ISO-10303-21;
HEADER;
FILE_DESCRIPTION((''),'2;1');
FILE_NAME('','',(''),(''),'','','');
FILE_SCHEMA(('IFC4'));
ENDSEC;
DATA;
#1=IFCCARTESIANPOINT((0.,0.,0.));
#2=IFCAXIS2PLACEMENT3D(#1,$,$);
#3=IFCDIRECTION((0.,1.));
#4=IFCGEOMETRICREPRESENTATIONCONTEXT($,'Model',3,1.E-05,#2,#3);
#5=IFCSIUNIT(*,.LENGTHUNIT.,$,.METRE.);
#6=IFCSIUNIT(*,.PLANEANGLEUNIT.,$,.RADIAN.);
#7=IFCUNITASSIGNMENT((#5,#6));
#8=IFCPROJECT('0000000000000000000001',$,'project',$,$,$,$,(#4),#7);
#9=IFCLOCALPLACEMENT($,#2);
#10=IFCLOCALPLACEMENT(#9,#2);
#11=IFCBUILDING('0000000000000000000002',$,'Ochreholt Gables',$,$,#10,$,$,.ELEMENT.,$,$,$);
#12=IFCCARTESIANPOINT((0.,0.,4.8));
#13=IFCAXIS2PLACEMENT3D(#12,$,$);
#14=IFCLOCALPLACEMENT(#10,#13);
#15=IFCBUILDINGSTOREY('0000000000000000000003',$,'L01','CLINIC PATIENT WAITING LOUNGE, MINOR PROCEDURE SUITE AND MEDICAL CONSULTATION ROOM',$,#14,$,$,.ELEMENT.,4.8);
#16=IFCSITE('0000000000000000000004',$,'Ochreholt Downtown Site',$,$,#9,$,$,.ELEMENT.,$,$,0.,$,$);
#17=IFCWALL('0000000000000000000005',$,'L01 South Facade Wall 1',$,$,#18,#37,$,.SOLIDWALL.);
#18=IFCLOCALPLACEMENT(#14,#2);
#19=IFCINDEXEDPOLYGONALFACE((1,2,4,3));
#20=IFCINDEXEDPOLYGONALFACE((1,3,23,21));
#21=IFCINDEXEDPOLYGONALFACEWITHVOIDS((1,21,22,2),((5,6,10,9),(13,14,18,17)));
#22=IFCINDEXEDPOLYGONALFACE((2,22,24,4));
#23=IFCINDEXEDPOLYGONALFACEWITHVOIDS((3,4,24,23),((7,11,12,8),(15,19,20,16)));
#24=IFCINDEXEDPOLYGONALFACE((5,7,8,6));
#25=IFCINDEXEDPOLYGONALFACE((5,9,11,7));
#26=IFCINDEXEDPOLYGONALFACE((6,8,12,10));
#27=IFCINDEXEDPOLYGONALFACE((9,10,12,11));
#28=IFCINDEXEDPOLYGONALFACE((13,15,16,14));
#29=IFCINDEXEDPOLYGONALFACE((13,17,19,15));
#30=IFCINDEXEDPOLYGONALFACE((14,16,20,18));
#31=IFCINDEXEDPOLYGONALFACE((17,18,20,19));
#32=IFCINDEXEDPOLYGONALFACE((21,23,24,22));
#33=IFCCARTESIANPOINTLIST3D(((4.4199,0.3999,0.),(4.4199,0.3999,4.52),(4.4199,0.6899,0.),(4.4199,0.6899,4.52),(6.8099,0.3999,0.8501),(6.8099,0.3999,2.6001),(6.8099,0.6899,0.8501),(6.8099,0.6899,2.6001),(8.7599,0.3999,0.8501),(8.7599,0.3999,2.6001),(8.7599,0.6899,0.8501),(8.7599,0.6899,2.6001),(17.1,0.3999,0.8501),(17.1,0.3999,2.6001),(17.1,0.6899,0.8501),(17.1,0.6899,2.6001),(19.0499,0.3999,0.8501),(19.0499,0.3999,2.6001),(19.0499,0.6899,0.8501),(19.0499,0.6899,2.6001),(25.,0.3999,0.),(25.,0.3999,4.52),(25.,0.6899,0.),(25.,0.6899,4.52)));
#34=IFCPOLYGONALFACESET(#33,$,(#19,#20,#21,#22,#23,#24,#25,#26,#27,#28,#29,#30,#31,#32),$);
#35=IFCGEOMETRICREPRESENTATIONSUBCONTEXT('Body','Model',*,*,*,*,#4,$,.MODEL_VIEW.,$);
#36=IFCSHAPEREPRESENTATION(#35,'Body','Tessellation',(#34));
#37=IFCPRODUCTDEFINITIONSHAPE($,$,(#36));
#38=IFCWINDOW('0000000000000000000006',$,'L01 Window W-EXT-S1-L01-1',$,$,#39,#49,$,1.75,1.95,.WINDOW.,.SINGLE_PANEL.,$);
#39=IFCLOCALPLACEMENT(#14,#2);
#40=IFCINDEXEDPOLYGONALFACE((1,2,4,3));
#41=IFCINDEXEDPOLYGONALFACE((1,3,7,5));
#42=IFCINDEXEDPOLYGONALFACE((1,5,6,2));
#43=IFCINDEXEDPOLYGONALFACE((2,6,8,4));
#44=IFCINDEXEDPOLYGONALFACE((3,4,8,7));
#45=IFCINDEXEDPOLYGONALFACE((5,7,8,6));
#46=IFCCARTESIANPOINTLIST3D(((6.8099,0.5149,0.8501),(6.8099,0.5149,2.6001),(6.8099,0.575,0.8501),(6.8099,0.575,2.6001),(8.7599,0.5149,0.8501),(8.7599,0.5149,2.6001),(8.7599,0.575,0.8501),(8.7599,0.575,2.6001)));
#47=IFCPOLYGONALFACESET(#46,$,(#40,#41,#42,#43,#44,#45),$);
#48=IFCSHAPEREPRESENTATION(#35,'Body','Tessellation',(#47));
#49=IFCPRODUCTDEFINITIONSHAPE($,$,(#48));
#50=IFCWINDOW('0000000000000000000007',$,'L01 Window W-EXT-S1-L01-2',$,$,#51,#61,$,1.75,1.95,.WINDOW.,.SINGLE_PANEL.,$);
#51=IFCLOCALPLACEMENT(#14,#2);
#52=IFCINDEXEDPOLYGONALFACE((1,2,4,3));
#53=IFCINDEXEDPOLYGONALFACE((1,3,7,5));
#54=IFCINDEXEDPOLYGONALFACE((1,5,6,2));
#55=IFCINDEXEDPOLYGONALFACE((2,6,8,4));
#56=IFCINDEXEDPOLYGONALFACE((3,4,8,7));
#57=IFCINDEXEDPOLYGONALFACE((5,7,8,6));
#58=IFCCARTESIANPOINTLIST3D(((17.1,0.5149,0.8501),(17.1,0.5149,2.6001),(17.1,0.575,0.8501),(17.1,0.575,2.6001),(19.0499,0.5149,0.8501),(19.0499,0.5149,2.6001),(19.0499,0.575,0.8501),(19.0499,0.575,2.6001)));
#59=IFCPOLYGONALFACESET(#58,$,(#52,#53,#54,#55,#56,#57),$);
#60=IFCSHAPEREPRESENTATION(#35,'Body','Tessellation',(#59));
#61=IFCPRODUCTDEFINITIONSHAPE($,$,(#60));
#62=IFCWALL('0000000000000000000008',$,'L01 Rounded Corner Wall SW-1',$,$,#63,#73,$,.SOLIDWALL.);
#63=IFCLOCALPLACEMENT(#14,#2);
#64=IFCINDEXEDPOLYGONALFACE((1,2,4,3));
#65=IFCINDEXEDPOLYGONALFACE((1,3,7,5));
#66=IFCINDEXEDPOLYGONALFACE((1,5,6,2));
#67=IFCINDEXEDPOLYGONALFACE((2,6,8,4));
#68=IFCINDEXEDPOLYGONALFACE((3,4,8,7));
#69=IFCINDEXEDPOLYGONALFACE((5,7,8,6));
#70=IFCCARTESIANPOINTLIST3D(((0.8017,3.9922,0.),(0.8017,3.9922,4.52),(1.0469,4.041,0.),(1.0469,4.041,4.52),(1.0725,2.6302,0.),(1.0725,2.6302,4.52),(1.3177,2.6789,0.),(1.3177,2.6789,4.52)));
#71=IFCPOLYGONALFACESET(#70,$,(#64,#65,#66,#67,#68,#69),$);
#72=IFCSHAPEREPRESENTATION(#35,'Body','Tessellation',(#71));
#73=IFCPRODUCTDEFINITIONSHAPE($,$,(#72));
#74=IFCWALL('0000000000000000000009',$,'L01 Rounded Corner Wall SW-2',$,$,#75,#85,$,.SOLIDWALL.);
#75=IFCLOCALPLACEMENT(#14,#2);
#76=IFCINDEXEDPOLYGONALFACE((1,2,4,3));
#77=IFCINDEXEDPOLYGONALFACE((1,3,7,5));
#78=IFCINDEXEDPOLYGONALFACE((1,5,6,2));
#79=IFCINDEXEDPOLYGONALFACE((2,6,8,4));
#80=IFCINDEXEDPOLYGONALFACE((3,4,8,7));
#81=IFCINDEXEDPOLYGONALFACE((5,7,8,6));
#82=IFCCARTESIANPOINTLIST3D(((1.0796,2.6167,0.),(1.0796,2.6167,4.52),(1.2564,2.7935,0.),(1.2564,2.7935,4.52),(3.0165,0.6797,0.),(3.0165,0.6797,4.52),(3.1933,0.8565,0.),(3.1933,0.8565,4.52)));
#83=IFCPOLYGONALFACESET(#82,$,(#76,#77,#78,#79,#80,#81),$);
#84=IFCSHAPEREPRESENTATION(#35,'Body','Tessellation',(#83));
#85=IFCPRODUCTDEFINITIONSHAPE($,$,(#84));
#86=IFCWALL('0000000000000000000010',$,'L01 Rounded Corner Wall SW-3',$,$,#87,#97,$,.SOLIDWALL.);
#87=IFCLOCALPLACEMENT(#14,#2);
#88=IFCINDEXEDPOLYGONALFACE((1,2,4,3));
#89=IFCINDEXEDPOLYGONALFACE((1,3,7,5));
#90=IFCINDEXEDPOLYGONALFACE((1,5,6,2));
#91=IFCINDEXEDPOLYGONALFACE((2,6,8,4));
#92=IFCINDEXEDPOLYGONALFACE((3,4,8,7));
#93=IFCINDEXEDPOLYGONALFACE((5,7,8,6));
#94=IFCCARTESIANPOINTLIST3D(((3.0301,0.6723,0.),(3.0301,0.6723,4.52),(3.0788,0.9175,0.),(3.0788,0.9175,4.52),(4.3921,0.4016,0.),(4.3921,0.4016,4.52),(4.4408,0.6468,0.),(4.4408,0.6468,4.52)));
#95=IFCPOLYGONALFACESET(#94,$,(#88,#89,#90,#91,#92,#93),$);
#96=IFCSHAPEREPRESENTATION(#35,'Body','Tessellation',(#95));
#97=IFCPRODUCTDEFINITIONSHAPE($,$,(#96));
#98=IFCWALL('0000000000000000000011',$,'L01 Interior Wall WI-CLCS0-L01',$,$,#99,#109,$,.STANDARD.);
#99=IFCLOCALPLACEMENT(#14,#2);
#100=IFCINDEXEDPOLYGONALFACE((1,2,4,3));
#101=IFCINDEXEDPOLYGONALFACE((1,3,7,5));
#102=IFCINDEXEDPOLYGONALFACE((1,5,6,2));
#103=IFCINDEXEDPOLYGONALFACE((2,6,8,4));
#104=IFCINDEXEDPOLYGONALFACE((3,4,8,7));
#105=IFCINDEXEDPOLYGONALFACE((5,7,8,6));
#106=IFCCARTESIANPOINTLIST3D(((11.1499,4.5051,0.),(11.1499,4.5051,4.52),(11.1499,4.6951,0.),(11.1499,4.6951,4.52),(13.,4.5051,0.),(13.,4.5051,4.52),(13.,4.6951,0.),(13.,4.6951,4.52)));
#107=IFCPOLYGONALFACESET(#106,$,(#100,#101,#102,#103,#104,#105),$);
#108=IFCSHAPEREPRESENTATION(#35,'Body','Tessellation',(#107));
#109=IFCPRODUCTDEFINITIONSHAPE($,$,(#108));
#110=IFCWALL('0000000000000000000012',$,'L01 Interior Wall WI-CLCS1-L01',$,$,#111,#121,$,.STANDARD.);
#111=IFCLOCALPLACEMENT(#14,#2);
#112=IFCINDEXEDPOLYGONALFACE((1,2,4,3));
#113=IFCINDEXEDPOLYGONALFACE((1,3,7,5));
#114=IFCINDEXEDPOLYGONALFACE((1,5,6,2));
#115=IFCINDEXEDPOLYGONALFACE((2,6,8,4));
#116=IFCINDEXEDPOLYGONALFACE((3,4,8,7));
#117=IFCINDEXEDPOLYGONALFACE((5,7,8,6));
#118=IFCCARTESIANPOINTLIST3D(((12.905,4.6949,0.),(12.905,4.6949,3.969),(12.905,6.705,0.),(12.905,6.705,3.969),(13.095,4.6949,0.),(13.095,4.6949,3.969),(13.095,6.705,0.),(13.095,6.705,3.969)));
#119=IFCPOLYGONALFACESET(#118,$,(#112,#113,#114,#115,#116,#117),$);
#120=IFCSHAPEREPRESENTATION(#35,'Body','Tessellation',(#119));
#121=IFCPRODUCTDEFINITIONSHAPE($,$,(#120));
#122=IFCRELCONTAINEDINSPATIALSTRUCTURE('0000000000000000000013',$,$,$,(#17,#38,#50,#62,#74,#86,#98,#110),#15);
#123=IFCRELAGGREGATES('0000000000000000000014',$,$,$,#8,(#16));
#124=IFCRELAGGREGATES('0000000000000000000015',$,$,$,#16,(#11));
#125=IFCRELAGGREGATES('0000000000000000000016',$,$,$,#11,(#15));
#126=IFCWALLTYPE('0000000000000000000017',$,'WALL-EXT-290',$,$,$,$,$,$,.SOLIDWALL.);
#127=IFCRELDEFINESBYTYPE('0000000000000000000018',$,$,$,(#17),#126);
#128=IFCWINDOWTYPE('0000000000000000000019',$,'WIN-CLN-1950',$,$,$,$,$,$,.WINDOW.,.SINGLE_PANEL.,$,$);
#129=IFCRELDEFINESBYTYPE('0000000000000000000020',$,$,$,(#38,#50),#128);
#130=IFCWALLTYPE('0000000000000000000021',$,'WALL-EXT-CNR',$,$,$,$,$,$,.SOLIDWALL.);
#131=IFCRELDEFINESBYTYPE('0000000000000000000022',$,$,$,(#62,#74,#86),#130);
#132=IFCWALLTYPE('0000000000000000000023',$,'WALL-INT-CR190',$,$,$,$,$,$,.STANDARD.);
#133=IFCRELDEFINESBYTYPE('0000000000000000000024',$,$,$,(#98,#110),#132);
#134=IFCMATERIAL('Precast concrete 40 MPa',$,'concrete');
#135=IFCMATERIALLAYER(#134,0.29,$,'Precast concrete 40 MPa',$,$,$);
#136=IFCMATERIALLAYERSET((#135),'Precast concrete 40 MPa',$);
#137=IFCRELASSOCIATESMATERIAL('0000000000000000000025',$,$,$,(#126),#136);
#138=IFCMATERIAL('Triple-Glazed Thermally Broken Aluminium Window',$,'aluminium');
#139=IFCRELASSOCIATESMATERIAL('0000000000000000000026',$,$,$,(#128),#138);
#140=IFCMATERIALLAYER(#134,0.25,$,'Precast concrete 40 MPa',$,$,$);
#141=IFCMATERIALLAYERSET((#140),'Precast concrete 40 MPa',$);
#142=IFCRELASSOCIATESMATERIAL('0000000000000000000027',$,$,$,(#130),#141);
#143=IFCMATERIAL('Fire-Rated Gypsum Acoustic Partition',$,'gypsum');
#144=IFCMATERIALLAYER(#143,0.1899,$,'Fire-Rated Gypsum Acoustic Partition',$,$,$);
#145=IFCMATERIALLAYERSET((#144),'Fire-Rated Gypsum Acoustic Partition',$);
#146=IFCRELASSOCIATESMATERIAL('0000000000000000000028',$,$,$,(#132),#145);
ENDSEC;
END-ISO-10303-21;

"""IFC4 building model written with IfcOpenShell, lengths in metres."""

from ifc_helpers import new_model, si_unit, direction, frame, frame_2d, origin, place, context, subcontext, project, spatial, rectangle, extrude, material, layer, layer_set, type_object, element, fill, save


model = new_model("IFC4")

# Units and contexts
model_context = context("Model", 3, precision=1e-05, world=origin(), true_north=direction((0.0, 1.0)))
body_context = subcontext(model_context, "Body", "Model", "MODEL_VIEW")
ifc_project = project(units=[si_unit("LENGTHUNIT", "METRE"), si_unit("PLANEANGLEUNIT", "RADIAN")], contexts=[model_context])

# Site, building, storey
site_placement = place(None, origin())
site = spatial("IfcSite", under=ifc_project, at=site_placement, Name="Ochreholt Downtown Site", CompositionType="ELEMENT", RefElevation=0.0)
building_placement = place(site_placement, origin())
building = spatial("IfcBuilding", under=site, at=building_placement, Name="Ochreholt Gables", CompositionType="ELEMENT")
storey_placement = place(building_placement, frame((0.0, 0.0, 4.8)))
storey = spatial("IfcBuildingStorey", under=building, at=storey_placement, Name="L01", Description="CLINIC PATIENT WAITING LOUNGE, MINOR PROCEDURE SUITE AND MEDICAL CONSULTATION ROOM", CompositionType="ELEMENT", Elevation=4.8)

# Wall, openings, windows
ifc_material_1 = material(Name="Precast concrete 40 MPa", Category="concrete")
ifc_layer_1 = layer(ifc_material_1, 0.29, Name="Precast concrete 40 MPa")
ifc_layer_set_1 = layer_set([ifc_layer_1], Name="Precast concrete 40 MPa")
wall_type_1 = type_object("IfcWallType", Name="WALL-EXT-290", PredefinedType="SOLIDWALL", material=ifc_layer_set_1)
wall_1_placement = place(storey_placement, frame((4.4199, 0.5449, 0.0), z_axis=(0.0, 0.0, 1.0), x_axis=(1.0, 0.0, 0.0)))
wall_1 = element("IfcWall", 1, at=wall_1_placement, inside=storey, type_object=wall_type_1, Name="L01 South Facade Wall 1", PredefinedType="SOLIDWALL", context=body_context, shape_type="SweptSolid", body=[
    extrude(rectangle(XDim=20.5801, YDim=0.29, at=frame_2d((10.29, 0.0))), origin(), (0.0, 0.0, 1.0), 4.52),
])
opening_1_placement = place(wall_1_placement, frame((2.3899, 0.0, 0.8501)))
opening_1 = element("IfcOpeningElement", 2, at=opening_1_placement, cuts=wall_1, PredefinedType="OPENING", context=body_context, shape_type="SweptSolid", body=[
    extrude(rectangle(XDim=1.95, YDim=1.75, at=frame_2d((0.9751, 0.875))), frame((0.0, 0.155, 0.0), z_axis=(0.0, -1.0, 0.0), x_axis=(1.0, 0.0, 0.0)), (0.0, 0.0, 1.0), 0.3101),
])
opening_2_placement = place(wall_1_placement, frame((12.6799, 0.0, 0.8501)))
opening_2 = element("IfcOpeningElement", 3, at=opening_2_placement, cuts=wall_1, PredefinedType="OPENING", context=body_context, shape_type="SweptSolid", body=[
    extrude(rectangle(XDim=1.95, YDim=1.75, at=frame_2d((0.9751, 0.875))), frame((0.0, 0.155, 0.0), z_axis=(0.0, -1.0, 0.0), x_axis=(1.0, 0.0, 0.0)), (0.0, 0.0, 1.0), 0.3101),
])
ifc_material_2 = material(Name="Triple-Glazed Thermally Broken Aluminium Window", Category="aluminium")
window_type = type_object("IfcWindowType", Name="WIN-CLN-1950", PartitioningType="SINGLE_PANEL", PredefinedType="WINDOW", material=ifc_material_2)
window_1_placement = place(opening_1_placement, origin())
window_1 = element("IfcWindow", 4, at=window_1_placement, inside=storey, type_object=window_type, Name="L01 Window W-EXT-S1-L01-1", OverallHeight=1.75, OverallWidth=1.95, PartitioningType="SINGLE_PANEL", PredefinedType="WINDOW", context=body_context, shape_type="SweptSolid", body=[
    extrude(rectangle(XDim=1.95, YDim=1.75, at=frame_2d((0.9751, 0.875))), frame((0.0, 0.03, 0.0), z_axis=(0.0, -1.0, 0.0), x_axis=(1.0, 0.0, 0.0)), (0.0, 0.0, 1.0), 0.0601),
])
fill(opening_1, window_1)
window_2_placement = place(opening_2_placement, origin())
window_2 = element("IfcWindow", 5, at=window_2_placement, inside=storey, type_object=window_type, Name="L01 Window W-EXT-S1-L01-2", OverallHeight=1.75, OverallWidth=1.95, PartitioningType="SINGLE_PANEL", PredefinedType="WINDOW", context=body_context, shape_type="SweptSolid", body=[
    extrude(rectangle(XDim=1.95, YDim=1.75, at=frame_2d((0.9751, 0.875))), frame((0.0, 0.03, 0.0), z_axis=(0.0, -1.0, 0.0), x_axis=(1.0, 0.0, 0.0)), (0.0, 0.0, 1.0), 0.0601),
])
fill(opening_2, window_2)

# Walls
ifc_layer_2 = layer(ifc_material_1, 0.25, Name="Precast concrete 40 MPa")
ifc_layer_set_2 = layer_set([ifc_layer_2], Name="Precast concrete 40 MPa")
wall_type_2 = type_object("IfcWallType", Name="WALL-EXT-CNR", PredefinedType="SOLIDWALL", material=ifc_layer_set_2)
wall_2_placement = place(storey_placement, frame((0.9243, 4.0166, 0.0), z_axis=(0.0, 0.0, 1.0), x_axis=(0.194967, -0.98081, 0.0)))
element("IfcWall", 6, at=wall_2_placement, inside=storey, type_object=wall_type_2, Name="L01 Rounded Corner Wall SW-1", PredefinedType="SOLIDWALL", context=body_context, shape_type="SweptSolid", body=[
    extrude(rectangle(XDim=1.3887, YDim=0.25, at=frame_2d((0.6943, 0.0))), origin(), (0.0, 0.0, 1.0), 4.52),
])
wall_3_placement = place(storey_placement, frame((1.168, 2.7051, 0.0), z_axis=(0.0, 0.0, 1.0), x_axis=(0.707107, -0.707107, 0.0)))
element("IfcWall", 7, at=wall_3_placement, inside=storey, type_object=wall_type_2, Name="L01 Rounded Corner Wall SW-2", PredefinedType="SOLIDWALL", context=body_context, shape_type="SweptSolid", body=[
    extrude(rectangle(XDim=2.7393, YDim=0.25, at=frame_2d((1.3696, 0.0))), origin(), (0.0, 0.0, 1.0), 4.52),
])
wall_4_placement = place(storey_placement, frame((3.0544, 0.7949, 0.0), z_axis=(0.0, 0.0, 1.0), x_axis=(0.98081, -0.194967, 0.0)))
element("IfcWall", 8, at=wall_4_placement, inside=storey, type_object=wall_type_2, Name="L01 Rounded Corner Wall SW-3", PredefinedType="SOLIDWALL", context=body_context, shape_type="SweptSolid", body=[
    extrude(rectangle(XDim=1.3887, YDim=0.25, at=frame_2d((0.6943, 0.0))), origin(), (0.0, 0.0, 1.0), 4.52),
])
ifc_material_3 = material(Name="Fire-Rated Gypsum Acoustic Partition", Category="gypsum")
ifc_layer_3 = layer(ifc_material_3, 0.1899, Name="Fire-Rated Gypsum Acoustic Partition")
ifc_layer_set_3 = layer_set([ifc_layer_3], Name="Fire-Rated Gypsum Acoustic Partition")
wall_type_3 = type_object("IfcWallType", Name="WALL-INT-CR190", PredefinedType="STANDARD", material=ifc_layer_set_3)
wall_5_placement = place(storey_placement, frame((11.1499, 4.6001, 0.0), z_axis=(0.0, 0.0, 1.0), x_axis=(1.0, 0.0, 0.0)))
element("IfcWall", 9, at=wall_5_placement, inside=storey, type_object=wall_type_3, Name="L01 Interior Wall WI-CLCS0-L01", PredefinedType="STANDARD", context=body_context, shape_type="SweptSolid", body=[
    extrude(rectangle(XDim=1.8501, YDim=0.1899, at=frame_2d((0.925, 0.0))), origin(), (0.0, 0.0, 1.0), 4.52),
])
wall_6_placement = place(storey_placement, frame((13.0, 4.6951, 0.0), z_axis=(0.0, 0.0, 1.0), x_axis=(0.0, 1.0, 0.0)))
element("IfcWall", 10, at=wall_6_placement, inside=storey, type_object=wall_type_3, Name="L01 Interior Wall WI-CLCS1-L01", PredefinedType="STANDARD", context=body_context, shape_type="SweptSolid", body=[
    extrude(rectangle(XDim=2.01, YDim=0.1899, at=frame_2d((1.0049, 0.0))), origin(), (0.0, 0.0, 1.0), 3.969),
])

save(model, "model.ifc")
